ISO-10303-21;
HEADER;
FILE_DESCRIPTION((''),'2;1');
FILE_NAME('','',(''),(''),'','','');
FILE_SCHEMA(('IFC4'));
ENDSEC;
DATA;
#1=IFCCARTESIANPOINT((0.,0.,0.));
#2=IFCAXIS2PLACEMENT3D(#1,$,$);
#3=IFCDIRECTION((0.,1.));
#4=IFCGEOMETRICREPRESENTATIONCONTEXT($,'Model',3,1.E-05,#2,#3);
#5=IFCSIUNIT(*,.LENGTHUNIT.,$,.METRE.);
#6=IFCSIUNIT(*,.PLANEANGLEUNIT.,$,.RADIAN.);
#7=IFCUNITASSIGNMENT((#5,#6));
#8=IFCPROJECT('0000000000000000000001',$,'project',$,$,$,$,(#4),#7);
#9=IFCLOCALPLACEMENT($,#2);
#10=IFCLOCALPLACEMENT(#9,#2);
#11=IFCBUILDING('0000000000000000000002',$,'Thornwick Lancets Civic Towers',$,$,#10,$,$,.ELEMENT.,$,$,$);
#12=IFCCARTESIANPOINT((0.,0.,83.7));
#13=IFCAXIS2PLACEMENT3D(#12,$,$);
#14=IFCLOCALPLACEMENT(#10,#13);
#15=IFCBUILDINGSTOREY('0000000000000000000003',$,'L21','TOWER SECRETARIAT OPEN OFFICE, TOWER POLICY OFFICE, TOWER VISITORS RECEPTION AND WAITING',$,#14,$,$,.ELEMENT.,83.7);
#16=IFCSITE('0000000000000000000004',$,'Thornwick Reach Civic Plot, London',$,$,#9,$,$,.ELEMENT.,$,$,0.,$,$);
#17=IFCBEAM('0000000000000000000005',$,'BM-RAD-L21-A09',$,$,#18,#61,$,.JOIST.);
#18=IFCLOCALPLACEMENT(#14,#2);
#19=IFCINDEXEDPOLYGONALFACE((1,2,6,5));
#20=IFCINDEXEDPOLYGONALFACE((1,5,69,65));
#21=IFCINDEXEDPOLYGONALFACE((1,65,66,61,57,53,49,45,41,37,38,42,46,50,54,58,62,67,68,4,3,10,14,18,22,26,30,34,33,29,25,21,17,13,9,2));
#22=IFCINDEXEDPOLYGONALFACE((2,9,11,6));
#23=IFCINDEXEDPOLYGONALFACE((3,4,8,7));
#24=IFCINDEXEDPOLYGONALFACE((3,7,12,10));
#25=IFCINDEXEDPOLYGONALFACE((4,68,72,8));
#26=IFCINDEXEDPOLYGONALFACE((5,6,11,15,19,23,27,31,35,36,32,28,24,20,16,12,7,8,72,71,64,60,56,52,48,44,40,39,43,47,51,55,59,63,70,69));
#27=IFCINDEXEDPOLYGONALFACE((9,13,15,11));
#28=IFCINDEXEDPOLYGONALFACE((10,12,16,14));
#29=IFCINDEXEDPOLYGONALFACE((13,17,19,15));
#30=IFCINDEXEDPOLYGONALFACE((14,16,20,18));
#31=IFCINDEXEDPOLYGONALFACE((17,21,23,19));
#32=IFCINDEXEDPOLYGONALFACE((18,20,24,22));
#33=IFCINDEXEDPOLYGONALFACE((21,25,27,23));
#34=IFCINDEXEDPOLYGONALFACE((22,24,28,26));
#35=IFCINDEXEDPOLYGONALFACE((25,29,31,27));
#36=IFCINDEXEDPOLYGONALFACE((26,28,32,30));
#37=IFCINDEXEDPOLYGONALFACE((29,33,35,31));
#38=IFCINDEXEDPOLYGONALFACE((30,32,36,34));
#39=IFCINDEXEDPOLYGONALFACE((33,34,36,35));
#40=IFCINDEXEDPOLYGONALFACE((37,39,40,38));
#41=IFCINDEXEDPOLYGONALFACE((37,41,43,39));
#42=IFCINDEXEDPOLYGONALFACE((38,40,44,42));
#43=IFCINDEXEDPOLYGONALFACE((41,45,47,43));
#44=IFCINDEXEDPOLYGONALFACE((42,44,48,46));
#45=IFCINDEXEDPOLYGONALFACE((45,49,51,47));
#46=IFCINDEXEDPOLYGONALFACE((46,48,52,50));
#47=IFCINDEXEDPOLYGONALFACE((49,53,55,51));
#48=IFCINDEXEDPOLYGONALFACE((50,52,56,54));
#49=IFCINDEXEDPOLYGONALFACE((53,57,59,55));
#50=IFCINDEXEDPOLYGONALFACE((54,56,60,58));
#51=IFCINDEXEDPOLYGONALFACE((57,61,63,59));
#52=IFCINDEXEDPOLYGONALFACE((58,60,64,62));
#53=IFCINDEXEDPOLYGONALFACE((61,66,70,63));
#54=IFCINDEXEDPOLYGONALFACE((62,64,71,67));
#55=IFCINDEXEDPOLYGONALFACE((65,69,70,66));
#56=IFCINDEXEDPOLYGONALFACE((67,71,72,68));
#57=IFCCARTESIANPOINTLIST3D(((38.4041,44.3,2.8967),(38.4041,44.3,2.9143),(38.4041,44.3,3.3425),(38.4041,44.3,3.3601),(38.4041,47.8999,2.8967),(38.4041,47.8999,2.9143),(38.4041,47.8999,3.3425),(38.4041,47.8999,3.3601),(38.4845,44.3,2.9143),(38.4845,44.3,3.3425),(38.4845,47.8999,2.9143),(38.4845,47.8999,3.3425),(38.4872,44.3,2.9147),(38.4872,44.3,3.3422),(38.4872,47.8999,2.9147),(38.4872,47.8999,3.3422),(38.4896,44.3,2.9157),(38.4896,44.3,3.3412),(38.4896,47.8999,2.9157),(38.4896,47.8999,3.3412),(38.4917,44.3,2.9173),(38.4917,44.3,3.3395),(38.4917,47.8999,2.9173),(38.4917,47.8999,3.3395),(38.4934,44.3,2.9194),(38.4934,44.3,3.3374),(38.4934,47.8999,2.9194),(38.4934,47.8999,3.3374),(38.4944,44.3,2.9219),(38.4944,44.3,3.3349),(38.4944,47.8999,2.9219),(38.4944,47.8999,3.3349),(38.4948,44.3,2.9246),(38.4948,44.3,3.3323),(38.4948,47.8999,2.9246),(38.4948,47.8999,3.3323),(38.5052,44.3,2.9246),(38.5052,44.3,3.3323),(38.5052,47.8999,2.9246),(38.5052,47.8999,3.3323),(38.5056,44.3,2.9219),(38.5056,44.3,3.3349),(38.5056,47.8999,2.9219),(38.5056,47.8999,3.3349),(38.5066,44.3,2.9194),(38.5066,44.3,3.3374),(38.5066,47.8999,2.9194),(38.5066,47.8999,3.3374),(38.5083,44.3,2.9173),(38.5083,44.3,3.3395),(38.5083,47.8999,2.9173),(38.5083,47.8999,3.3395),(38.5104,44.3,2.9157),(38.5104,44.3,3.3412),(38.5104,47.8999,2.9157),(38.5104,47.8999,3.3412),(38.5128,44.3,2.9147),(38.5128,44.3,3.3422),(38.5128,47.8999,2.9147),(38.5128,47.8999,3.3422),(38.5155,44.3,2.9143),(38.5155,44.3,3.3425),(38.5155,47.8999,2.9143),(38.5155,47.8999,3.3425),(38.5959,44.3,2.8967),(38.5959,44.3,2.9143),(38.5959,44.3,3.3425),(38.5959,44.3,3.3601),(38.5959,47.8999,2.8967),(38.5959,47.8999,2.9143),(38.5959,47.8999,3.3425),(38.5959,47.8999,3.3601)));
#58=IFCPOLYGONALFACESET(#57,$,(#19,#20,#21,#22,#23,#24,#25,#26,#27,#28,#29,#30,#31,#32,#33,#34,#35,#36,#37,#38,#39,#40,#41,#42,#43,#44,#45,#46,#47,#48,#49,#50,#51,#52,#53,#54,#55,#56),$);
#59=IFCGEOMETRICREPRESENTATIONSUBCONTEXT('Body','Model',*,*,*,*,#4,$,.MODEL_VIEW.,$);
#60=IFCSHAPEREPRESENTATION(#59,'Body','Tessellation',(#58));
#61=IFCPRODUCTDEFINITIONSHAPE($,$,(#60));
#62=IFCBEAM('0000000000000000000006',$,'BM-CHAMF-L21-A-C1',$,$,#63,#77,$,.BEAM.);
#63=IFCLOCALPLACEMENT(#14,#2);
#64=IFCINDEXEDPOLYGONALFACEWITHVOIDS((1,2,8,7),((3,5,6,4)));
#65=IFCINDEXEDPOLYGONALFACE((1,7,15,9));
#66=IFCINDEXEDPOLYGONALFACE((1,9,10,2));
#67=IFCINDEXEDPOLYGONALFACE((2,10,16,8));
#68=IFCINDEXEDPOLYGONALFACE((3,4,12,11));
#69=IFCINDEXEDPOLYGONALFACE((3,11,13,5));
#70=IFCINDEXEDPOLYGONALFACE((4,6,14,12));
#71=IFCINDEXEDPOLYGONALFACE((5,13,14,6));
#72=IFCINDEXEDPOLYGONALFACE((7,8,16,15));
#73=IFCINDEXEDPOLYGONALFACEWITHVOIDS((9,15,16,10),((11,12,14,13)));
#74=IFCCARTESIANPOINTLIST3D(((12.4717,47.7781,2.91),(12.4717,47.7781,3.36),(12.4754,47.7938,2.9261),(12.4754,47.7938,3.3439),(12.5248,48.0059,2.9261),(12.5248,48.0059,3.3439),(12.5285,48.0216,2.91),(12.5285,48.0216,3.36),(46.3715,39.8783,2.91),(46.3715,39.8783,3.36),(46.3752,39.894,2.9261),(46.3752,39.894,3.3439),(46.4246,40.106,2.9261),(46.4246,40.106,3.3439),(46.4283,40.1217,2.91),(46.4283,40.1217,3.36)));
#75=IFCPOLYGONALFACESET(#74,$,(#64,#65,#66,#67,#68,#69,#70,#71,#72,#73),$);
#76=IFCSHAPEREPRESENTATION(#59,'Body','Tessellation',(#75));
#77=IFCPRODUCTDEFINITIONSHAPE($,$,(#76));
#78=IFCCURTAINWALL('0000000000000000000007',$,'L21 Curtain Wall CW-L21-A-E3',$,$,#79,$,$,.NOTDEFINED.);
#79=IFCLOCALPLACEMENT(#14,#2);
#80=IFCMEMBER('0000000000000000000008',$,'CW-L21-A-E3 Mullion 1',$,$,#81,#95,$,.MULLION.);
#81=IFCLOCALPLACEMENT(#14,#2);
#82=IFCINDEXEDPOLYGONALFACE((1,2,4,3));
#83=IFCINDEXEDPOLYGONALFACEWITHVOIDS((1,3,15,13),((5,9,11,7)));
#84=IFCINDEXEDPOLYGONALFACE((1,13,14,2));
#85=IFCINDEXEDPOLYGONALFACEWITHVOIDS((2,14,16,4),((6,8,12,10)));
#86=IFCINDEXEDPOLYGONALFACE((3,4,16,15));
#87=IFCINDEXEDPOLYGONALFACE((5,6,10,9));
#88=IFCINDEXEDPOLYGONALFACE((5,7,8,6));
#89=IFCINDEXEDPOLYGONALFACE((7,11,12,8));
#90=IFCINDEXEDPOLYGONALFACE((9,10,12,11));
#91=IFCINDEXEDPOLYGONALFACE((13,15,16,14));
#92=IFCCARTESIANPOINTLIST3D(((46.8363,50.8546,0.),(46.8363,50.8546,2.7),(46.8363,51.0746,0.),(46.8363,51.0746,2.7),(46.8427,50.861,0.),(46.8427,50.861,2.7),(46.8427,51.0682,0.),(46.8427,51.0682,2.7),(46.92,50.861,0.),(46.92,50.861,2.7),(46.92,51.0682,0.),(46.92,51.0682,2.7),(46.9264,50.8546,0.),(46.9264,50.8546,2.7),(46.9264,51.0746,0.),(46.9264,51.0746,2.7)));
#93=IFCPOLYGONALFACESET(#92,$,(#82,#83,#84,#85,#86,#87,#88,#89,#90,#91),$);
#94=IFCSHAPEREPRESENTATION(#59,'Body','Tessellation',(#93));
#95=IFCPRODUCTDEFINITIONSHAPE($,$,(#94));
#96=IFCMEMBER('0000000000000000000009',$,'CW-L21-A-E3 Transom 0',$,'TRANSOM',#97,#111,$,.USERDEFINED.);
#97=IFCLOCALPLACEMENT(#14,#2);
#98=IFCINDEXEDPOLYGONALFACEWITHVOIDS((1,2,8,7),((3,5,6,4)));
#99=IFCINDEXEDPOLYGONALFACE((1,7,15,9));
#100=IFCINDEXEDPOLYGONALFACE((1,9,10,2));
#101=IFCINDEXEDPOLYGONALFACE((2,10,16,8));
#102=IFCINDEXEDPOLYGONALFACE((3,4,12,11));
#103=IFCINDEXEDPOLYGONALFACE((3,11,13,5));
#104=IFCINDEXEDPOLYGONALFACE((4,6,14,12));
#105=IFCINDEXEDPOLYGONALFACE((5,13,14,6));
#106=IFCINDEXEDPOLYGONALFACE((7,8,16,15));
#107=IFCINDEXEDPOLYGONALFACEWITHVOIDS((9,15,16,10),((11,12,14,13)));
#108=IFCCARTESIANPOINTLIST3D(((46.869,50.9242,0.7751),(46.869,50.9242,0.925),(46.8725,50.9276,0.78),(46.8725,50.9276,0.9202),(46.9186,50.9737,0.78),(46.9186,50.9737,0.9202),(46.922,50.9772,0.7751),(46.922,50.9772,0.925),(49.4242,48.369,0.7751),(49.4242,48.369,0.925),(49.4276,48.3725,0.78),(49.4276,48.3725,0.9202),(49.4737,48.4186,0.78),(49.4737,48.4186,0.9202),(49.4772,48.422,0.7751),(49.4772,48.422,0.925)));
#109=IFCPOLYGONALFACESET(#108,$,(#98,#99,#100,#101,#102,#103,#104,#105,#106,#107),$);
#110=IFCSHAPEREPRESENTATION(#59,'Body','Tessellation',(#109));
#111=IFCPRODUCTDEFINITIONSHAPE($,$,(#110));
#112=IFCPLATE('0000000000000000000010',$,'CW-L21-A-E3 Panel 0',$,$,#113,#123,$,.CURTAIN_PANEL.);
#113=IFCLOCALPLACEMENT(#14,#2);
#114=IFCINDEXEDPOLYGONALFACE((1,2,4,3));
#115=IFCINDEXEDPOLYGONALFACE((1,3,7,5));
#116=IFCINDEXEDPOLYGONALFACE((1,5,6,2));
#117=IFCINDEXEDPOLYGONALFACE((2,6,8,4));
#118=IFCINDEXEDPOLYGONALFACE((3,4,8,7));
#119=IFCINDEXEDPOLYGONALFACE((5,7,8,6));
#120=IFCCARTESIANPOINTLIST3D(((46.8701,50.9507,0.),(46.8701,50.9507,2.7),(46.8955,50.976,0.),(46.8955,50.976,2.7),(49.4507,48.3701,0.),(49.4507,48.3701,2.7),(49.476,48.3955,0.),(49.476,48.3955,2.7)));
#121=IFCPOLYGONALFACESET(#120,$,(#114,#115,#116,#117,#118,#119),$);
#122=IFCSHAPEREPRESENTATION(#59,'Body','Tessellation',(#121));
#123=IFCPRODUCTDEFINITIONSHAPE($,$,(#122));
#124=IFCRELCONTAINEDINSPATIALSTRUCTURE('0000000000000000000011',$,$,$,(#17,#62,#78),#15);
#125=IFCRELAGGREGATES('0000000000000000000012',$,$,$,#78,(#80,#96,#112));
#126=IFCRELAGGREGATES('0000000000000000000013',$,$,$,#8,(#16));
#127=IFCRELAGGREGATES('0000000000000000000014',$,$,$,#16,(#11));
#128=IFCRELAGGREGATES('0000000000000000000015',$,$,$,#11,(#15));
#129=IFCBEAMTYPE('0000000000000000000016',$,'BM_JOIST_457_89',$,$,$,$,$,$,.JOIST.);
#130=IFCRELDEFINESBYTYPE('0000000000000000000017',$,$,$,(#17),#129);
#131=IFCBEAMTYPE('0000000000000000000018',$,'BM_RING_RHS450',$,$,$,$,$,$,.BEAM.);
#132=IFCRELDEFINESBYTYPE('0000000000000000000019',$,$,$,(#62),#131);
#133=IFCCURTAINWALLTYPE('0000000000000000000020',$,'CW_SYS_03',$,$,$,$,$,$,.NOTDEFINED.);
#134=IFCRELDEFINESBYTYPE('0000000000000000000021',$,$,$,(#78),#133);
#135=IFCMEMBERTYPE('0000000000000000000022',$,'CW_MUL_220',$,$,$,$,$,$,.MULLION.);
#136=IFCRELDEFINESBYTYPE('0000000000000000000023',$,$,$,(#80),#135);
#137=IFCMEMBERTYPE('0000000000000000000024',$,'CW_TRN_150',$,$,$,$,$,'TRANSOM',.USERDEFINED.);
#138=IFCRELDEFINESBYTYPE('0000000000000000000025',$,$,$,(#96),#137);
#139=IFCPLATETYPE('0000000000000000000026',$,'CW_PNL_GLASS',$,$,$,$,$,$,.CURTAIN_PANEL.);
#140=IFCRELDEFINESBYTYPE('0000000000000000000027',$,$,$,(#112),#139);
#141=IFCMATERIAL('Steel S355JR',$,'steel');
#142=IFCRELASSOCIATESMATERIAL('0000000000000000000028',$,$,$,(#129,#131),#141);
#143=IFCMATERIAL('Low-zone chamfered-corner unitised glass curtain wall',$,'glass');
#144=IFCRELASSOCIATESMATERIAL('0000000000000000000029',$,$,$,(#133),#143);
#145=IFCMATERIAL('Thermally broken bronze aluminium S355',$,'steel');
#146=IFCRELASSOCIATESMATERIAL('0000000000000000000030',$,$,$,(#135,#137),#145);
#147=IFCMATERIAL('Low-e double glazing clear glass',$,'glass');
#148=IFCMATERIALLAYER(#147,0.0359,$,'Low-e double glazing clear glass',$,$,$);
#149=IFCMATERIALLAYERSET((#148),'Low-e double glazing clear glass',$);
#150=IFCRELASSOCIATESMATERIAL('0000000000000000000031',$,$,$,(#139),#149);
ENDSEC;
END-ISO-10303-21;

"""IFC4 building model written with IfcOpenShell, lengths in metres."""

from ifc_helpers import new_model, si_unit, direction, frame, origin, origin_2d, place, context, subcontext, project, spatial, rectangle, hollow_rectangle, i_section, extrude, material, layer, layer_set, material_profile, profile_set, type_object, element, aggregate, save


model = new_model("IFC4")

# Units and contexts
model_context = context("Model", 3, precision=1e-05, world=origin(), true_north=direction((0.0, 1.0)))
body_context = subcontext(model_context, "Body", "Model", "MODEL_VIEW")
ifc_project = project(units=[si_unit("LENGTHUNIT", "METRE"), si_unit("PLANEANGLEUNIT", "RADIAN")], contexts=[model_context])

# Site, building, storey
site_placement = place(None, origin())
site = spatial("IfcSite", under=ifc_project, at=site_placement, Name="Thornwick Reach Civic Plot, London", CompositionType="ELEMENT", RefElevation=0.0)
building_placement = place(site_placement, origin())
building = spatial("IfcBuilding", under=site, at=building_placement, Name="Thornwick Lancets Civic Towers", CompositionType="ELEMENT")
storey_placement = place(building_placement, frame((0.0, 0.0, 83.7)))
storey = spatial("IfcBuildingStorey", under=building, at=storey_placement, Name="L21", Description="TOWER SECRETARIAT OPEN OFFICE, TOWER POLICY OFFICE, TOWER VISITORS RECEPTION AND WAITING", CompositionType="ELEMENT", Elevation=83.7)

# Beams
ifc_material_1 = material(Name="Steel S355JR", Category="steel")
ifc_material_profile_1 = material_profile(ifc_material_1, i_section(OverallWidth=0.1919, OverallDepth=0.4634, WebThickness=0.0105, FlangeThickness=0.0176, FilletRadius=0.0103, at=origin_2d()), Name="UKB 457x191x89")
ifc_profile_set_1 = profile_set([ifc_material_profile_1], Name="Steel S355JR")
beam_type_1 = type_object("IfcBeamType", Name="BM_JOIST_457_89", PredefinedType="JOIST", material=ifc_profile_set_1)
for number, where, z_axis, x_axis, name in (
    (1, (38.5, 44.3, 3.1284), (0.0, 1.0, 0.0), (-1.0, 0.0, 0.0), "BM-RAD-L21-A09"),
):
    element("IfcBeam", number, at=place(storey_placement, frame(where, z_axis=z_axis, x_axis=x_axis)), inside=storey, type_object=beam_type_1, Name=name, PredefinedType="JOIST", context=body_context, shape_type="SweptSolid", body=[
        extrude(i_section(OverallWidth=0.1919, OverallDepth=0.4634, WebThickness=0.0105, FlangeThickness=0.0176, FilletRadius=0.0103, at=origin_2d()), origin(), (0.0, 0.0, 1.0), 3.5999),
    ])
ifc_material_profile_2 = material_profile(ifc_material_1, hollow_rectangle(XDim=0.25, YDim=0.45, WallThickness=0.0161, at=origin_2d()), Name="RHS 450x250x16")
ifc_profile_set_2 = profile_set([ifc_material_profile_2], Name="Steel S355JR")
beam_type_2 = type_object("IfcBeamType", Name="BM_RING_RHS450", PredefinedType="BEAM", material=ifc_profile_set_2)
beam_placement = place(storey_placement, frame((46.3999, 40.0, 3.135), z_axis=(-0.973905, 0.226955, 0.0), x_axis=(-0.226955, -0.973905, 0.0)))
element("IfcBeam", 2, at=beam_placement, inside=storey, type_object=beam_type_2, Name="BM-CHAMF-L21-A-C1", PredefinedType="BEAM", context=body_context, shape_type="SweptSolid", body=[
    extrude(hollow_rectangle(XDim=0.25, YDim=0.45, WallThickness=0.0161, at=origin_2d()), origin(), (0.0, 0.0, 1.0), 34.8081),
])

# Curtain wall, members, plate
ifc_material_2 = material(Name="Low-zone chamfered-corner unitised glass curtain wall", Category="glass")
curtain_wall_type = type_object("IfcCurtainWallType", Name="CW_SYS_03", PredefinedType="NOTDEFINED", material=ifc_material_2)
curtain_wall_placement = place(storey_placement, origin())
curtain_wall = element("IfcCurtainWall", 3, at=curtain_wall_placement, inside=storey, type_object=curtain_wall_type, Name="L21 Curtain Wall CW-L21-A-E3", PredefinedType="NOTDEFINED")
ifc_material_3 = material(Name="Thermally broken bronze aluminium S355", Category="steel")
ifc_material_profile_3 = material_profile(ifc_material_3, hollow_rectangle(XDim=0.0901, YDim=0.22, WallThickness=0.0063, at=origin_2d()), Name="RHS 220x90x6.3")
ifc_profile_set_3 = profile_set([ifc_material_profile_3], Name="Thermally broken bronze aluminium S355")
member_type_1 = type_object("IfcMemberType", Name="CW_MUL_220", PredefinedType="MULLION", material=ifc_profile_set_3)
member_1_placement = place(storey_placement, frame((46.8813, 50.9646, 0.0), z_axis=(0.0, 0.0, 1.0), x_axis=(1.0, 0.0, 0.0)))
member_1 = element("IfcMember", 4, at=member_1_placement, type_object=member_type_1, Name="CW-L21-A-E3 Mullion 1", PredefinedType="MULLION", context=body_context, shape_type="SweptSolid", body=[
    extrude(hollow_rectangle(XDim=0.0901, YDim=0.22, WallThickness=0.0063, at=origin_2d()), origin(), (0.0, 0.0, 1.0), 2.7),
])
ifc_material_profile_4 = material_profile(ifc_material_3, hollow_rectangle(XDim=0.075, YDim=0.1499, WallThickness=0.0049, at=origin_2d()), Name="RHS 150x75x5")
ifc_profile_set_4 = profile_set([ifc_material_profile_4], Name="Thermally broken bronze aluminium S355")
member_type_2 = type_object("IfcMemberType", Name="CW_TRN_150", ElementType="TRANSOM", PredefinedType="USERDEFINED", material=ifc_profile_set_4)
member_2_placement = place(storey_placement, frame((49.4507, 48.3955, 0.8501), z_axis=(-0.707107, 0.707107, 0.0), x_axis=(-0.707107, -0.707107, 0.0)))
member_2 = element("IfcMember", 5, at=member_2_placement, type_object=member_type_2, Name="CW-L21-A-E3 Transom 0", ObjectType="TRANSOM", PredefinedType="USERDEFINED", context=body_context, shape_type="SweptSolid", body=[
    extrude(hollow_rectangle(XDim=0.075, YDim=0.1499, WallThickness=0.0049, at=origin_2d()), origin(), (0.0, 0.0, 1.0), 3.6135),
])
ifc_material_4 = material(Name="Low-e double glazing clear glass", Category="glass")
ifc_layer_1 = layer(ifc_material_4, 0.0359, Name="Low-e double glazing clear glass")
ifc_layer_set_1 = layer_set([ifc_layer_1], Name="Low-e double glazing clear glass")
plate_type = type_object("IfcPlateType", Name="CW_PNL_GLASS", PredefinedType="CURTAIN_PANEL", material=ifc_layer_set_1)
plate_placement = place(storey_placement, frame((48.1731, 49.6731, 0.0), z_axis=(0.0, 0.0, 1.0), x_axis=(-0.707107, 0.707107, 0.0)))
plate = element("IfcPlate", 6, at=plate_placement, type_object=plate_type, Name="CW-L21-A-E3 Panel 0", PredefinedType="CURTAIN_PANEL", context=body_context, shape_type="SweptSolid", body=[
    extrude(rectangle(XDim=3.6494, YDim=0.0359, at=origin_2d()), origin(), (0.0, 0.0, 1.0), 2.7),
])
aggregate(curtain_wall, [member_1, member_2, plate])

save(model, "model.ifc")
